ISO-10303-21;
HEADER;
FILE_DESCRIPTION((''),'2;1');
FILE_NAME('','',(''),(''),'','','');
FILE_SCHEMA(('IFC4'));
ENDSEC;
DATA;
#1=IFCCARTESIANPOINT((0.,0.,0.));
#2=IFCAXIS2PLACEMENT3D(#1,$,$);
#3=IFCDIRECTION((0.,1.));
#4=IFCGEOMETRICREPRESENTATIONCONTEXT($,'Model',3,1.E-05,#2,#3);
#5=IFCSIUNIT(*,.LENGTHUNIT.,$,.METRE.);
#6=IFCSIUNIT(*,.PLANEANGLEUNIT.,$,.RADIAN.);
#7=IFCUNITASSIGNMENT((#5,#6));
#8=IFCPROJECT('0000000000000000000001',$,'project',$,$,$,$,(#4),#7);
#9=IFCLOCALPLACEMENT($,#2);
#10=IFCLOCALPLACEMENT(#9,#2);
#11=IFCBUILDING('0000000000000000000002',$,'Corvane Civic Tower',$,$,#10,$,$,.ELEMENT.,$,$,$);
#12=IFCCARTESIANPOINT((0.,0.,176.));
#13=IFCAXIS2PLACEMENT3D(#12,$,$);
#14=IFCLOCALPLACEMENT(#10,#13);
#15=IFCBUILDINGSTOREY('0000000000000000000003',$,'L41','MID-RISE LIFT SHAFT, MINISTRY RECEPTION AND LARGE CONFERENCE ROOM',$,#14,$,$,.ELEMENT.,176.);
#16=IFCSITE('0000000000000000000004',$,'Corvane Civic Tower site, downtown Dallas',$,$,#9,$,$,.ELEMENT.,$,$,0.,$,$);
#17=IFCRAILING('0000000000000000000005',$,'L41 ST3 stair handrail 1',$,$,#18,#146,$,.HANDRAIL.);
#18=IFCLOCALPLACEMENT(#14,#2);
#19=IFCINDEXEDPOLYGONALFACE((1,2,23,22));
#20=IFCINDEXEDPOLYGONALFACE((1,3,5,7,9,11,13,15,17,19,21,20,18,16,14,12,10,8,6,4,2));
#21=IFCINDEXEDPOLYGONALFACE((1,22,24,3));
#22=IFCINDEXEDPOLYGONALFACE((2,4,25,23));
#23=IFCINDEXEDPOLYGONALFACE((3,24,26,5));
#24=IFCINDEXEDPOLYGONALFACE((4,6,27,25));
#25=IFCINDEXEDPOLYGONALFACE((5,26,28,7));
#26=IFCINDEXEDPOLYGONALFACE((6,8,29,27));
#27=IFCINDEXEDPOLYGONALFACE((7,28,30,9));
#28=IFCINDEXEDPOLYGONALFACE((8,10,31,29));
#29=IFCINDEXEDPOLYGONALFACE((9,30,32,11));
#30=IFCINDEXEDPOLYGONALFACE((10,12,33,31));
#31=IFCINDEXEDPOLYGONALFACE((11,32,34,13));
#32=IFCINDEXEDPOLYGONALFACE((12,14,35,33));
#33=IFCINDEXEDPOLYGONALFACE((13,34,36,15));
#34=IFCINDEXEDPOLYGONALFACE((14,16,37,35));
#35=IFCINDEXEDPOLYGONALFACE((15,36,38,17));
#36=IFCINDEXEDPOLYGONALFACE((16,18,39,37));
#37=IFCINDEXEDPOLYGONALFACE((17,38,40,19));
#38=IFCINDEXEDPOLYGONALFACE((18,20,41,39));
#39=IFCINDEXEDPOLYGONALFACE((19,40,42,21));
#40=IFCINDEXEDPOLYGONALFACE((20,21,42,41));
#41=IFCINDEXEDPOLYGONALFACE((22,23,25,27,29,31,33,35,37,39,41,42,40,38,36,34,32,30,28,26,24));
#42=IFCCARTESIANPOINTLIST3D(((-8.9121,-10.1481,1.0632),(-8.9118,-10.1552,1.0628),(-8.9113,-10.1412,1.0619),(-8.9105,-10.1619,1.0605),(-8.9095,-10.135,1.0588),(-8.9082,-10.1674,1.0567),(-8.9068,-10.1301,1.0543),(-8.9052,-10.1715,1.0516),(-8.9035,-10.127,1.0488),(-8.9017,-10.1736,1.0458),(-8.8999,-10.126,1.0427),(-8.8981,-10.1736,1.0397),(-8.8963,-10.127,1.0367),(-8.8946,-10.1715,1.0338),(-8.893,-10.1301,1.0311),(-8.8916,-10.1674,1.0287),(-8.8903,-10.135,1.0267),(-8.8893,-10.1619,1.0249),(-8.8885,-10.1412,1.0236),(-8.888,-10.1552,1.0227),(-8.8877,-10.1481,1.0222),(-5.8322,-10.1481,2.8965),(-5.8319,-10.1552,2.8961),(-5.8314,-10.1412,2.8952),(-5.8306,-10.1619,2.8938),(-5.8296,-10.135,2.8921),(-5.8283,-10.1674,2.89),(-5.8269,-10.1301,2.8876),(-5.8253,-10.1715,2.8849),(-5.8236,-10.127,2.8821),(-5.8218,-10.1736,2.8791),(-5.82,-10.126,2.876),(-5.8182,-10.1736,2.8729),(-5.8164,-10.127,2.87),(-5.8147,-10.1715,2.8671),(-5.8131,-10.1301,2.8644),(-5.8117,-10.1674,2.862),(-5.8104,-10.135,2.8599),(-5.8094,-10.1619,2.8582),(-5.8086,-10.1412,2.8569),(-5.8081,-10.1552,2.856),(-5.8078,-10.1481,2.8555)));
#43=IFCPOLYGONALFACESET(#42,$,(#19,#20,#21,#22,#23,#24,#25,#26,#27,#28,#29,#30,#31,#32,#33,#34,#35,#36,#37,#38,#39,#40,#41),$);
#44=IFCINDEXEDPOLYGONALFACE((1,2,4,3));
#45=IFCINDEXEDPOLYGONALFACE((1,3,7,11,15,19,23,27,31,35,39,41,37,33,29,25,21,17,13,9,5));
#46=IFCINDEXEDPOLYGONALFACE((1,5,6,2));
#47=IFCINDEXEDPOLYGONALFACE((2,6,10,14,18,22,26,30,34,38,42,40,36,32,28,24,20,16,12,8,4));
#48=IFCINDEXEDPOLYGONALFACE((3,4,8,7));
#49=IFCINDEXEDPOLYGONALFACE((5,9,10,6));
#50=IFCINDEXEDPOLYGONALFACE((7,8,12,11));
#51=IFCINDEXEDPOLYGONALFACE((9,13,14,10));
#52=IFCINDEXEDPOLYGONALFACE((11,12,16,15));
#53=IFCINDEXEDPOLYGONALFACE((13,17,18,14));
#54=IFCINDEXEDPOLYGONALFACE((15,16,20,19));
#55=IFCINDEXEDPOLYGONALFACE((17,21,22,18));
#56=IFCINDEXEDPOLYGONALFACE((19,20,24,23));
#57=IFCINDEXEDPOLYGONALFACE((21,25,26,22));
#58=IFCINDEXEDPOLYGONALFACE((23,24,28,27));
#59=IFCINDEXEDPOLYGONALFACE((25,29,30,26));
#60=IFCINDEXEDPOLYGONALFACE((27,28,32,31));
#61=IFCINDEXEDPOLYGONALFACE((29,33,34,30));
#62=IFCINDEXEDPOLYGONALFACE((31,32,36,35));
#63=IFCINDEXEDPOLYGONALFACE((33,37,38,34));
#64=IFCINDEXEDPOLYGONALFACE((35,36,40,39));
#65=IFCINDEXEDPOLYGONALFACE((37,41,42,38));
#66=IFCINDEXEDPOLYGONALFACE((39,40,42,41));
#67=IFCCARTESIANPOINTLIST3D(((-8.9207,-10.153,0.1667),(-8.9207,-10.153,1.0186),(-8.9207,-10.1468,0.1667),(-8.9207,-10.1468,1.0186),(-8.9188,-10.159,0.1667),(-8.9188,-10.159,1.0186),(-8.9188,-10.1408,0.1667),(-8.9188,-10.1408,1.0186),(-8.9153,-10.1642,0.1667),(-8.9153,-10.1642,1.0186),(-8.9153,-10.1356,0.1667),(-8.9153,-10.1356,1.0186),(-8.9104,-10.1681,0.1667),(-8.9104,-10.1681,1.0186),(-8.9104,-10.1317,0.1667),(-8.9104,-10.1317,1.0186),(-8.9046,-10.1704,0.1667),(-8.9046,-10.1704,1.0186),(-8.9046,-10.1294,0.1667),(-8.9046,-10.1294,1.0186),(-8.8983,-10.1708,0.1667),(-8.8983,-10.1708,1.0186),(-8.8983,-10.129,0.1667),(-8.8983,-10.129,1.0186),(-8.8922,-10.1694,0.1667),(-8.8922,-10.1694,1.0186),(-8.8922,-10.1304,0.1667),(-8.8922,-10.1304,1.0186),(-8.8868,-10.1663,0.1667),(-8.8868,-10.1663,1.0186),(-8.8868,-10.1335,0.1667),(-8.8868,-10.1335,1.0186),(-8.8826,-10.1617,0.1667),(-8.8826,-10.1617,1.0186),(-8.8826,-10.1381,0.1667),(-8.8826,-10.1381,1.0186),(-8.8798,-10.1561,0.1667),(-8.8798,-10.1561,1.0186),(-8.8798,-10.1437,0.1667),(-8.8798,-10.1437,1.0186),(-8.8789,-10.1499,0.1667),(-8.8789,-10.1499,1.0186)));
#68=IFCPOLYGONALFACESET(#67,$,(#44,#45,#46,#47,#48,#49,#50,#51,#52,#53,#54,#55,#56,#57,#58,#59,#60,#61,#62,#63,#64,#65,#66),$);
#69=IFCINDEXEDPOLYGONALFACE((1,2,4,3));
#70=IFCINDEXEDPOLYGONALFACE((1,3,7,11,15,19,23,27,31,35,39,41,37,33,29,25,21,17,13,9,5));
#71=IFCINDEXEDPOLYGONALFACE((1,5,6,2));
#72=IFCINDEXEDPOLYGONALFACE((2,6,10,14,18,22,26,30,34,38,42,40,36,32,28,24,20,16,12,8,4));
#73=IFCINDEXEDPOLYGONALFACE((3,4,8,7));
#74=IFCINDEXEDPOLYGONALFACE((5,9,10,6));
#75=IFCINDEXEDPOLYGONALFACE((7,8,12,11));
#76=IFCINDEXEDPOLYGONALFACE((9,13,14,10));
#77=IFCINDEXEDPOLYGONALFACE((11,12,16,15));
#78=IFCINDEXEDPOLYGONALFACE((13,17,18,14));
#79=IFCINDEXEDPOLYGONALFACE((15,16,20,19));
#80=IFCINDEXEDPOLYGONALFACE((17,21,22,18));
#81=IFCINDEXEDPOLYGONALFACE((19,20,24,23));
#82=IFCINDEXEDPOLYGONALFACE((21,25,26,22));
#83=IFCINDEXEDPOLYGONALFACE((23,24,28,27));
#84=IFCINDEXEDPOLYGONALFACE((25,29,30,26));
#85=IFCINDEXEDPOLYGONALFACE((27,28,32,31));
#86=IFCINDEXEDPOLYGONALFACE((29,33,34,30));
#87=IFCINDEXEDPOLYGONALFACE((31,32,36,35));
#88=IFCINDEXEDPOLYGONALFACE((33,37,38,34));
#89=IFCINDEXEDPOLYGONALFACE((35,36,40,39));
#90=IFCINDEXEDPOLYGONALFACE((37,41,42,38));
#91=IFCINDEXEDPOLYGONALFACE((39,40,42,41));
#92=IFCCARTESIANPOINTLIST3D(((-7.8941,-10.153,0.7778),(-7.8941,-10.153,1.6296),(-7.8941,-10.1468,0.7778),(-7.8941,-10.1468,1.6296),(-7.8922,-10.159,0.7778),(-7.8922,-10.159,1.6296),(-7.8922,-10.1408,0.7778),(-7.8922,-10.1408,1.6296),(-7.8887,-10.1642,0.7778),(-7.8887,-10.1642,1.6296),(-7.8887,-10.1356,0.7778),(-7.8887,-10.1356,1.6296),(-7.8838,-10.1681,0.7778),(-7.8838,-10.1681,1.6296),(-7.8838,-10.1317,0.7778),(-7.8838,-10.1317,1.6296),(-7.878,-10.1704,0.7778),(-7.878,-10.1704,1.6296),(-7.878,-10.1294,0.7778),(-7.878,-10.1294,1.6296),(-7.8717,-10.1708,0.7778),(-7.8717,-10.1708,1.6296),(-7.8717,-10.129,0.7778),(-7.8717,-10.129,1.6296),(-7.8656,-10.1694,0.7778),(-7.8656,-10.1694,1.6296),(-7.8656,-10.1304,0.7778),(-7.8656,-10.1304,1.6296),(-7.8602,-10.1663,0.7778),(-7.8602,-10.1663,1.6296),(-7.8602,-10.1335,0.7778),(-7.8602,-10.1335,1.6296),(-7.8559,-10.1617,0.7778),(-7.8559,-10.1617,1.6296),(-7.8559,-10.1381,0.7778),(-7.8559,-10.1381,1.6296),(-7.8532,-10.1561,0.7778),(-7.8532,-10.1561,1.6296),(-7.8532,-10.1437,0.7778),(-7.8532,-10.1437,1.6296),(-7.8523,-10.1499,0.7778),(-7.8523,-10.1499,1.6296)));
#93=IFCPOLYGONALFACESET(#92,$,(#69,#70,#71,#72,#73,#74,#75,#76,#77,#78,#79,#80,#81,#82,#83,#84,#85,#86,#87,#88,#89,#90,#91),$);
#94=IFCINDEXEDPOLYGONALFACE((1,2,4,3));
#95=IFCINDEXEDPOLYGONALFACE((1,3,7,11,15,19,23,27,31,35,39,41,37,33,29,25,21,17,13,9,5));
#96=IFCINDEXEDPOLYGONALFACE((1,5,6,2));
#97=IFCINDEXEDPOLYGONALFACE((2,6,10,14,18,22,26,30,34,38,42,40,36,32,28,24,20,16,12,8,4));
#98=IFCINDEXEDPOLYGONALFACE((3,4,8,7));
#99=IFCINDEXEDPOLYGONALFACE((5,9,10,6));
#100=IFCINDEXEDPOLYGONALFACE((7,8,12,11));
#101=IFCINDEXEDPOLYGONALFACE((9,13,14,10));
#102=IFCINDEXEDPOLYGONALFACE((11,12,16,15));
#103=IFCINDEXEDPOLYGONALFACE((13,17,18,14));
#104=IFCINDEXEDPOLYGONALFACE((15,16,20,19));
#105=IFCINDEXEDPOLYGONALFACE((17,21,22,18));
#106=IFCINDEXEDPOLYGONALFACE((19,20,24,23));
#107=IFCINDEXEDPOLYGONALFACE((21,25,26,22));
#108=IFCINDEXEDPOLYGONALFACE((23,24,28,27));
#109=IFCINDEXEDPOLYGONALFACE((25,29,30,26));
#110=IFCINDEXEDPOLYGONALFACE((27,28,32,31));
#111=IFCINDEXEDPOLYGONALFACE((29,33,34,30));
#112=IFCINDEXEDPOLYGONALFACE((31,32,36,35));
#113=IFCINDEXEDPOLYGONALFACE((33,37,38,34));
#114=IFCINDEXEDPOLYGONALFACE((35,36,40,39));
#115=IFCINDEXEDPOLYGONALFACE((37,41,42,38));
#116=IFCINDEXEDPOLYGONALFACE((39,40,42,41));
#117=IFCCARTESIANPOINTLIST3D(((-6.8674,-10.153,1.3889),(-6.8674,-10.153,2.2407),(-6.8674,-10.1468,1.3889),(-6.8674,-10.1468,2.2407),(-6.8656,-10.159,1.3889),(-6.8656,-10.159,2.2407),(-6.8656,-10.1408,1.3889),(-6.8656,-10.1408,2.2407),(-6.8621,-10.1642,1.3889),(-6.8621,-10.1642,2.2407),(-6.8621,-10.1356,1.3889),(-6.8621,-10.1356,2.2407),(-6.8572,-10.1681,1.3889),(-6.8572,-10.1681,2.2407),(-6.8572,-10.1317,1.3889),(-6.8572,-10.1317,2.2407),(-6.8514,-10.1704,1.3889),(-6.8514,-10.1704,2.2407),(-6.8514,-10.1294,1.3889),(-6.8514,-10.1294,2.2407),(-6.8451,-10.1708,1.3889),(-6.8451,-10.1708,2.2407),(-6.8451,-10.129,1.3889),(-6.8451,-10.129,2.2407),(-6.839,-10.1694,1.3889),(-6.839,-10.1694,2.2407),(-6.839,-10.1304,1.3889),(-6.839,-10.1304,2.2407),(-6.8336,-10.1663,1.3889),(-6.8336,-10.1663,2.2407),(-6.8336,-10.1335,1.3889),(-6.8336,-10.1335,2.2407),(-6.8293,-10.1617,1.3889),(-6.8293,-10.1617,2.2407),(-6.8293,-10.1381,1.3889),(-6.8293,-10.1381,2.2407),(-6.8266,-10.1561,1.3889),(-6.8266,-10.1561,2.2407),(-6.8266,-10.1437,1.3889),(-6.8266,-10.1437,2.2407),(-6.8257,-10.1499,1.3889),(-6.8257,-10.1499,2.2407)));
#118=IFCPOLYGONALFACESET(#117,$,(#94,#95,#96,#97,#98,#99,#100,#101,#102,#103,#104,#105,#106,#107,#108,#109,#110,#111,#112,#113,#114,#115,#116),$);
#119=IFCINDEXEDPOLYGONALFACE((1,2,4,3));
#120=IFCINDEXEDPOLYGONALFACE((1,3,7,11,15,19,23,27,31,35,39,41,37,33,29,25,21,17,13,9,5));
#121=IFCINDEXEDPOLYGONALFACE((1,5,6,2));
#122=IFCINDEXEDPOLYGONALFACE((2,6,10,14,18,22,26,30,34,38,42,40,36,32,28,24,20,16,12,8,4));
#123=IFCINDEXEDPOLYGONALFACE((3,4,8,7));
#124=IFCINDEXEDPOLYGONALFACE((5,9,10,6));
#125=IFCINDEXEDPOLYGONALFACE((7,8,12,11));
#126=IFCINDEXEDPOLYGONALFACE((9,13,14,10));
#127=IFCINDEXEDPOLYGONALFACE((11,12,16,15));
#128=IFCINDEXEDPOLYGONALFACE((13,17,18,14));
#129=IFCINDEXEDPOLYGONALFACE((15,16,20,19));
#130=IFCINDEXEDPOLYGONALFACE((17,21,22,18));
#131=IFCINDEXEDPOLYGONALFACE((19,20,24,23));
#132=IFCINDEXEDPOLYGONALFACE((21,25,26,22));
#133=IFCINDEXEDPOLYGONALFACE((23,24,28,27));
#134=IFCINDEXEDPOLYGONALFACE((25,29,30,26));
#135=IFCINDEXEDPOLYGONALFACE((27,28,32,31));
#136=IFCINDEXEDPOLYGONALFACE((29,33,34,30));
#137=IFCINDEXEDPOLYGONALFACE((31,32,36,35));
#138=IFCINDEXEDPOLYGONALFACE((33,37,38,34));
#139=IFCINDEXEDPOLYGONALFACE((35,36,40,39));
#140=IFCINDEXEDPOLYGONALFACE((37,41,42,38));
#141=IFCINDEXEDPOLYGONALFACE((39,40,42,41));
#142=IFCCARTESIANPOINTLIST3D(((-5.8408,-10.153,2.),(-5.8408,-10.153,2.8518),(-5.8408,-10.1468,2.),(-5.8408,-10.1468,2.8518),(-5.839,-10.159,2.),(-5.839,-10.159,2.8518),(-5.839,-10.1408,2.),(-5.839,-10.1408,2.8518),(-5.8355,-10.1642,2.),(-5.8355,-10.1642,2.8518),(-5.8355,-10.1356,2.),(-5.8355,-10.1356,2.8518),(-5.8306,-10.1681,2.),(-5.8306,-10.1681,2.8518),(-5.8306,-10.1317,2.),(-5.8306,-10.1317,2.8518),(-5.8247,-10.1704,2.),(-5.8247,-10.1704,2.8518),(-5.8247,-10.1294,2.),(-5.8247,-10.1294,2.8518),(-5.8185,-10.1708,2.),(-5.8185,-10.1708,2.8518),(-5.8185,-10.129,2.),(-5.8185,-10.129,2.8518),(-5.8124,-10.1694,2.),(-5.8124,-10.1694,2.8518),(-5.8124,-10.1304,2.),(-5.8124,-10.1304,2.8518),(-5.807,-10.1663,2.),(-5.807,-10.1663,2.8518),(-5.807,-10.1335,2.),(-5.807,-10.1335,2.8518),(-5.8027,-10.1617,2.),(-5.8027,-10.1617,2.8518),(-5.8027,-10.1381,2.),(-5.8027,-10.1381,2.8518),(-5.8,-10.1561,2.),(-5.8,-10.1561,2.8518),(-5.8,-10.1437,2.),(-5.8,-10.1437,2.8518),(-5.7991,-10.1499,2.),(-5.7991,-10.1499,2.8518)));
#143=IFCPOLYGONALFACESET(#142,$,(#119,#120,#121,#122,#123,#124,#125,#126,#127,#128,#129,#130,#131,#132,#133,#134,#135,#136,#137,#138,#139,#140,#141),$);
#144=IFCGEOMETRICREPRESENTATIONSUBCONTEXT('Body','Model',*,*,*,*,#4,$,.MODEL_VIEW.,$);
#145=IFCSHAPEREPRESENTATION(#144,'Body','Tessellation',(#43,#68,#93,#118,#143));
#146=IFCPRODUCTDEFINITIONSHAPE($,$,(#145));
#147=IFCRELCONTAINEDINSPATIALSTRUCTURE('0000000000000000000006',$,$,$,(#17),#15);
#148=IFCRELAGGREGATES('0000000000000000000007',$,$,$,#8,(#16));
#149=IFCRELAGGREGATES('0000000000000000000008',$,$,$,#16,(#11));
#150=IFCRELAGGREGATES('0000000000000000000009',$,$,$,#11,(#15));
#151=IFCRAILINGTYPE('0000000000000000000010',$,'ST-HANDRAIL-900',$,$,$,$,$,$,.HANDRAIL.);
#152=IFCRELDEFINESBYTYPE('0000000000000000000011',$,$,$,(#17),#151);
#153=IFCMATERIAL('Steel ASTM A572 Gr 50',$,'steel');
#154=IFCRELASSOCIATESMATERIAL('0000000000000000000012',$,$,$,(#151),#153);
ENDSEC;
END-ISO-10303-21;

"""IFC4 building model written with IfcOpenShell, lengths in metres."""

from ifc_helpers import new_model, si_unit, direction, frame, origin, origin_2d, place, context, subcontext, project, spatial, circle, extrude, material, type_object, element, save


model = new_model("IFC4")

# Units and contexts
model_context = context("Model", 3, precision=1e-05, world=origin(), true_north=direction((0.0, 1.0)))
body_context = subcontext(model_context, "Body", "Model", "MODEL_VIEW")
ifc_project = project(units=[si_unit("LENGTHUNIT", "METRE"), si_unit("PLANEANGLEUNIT", "RADIAN")], contexts=[model_context])

# Site, building, storey
site_placement = place(None, origin())
site = spatial("IfcSite", under=ifc_project, at=site_placement, Name="Corvane Civic Tower site, downtown Dallas", CompositionType="ELEMENT", RefElevation=0.0)
building_placement = place(site_placement, origin())
building = spatial("IfcBuilding", under=site, at=building_placement, Name="Corvane Civic Tower", CompositionType="ELEMENT")
storey_placement = place(building_placement, frame((0.0, 0.0, 176.0)))
storey = spatial("IfcBuildingStorey", under=building, at=storey_placement, Name="L41", Description="MID-RISE LIFT SHAFT, MINISTRY RECEPTION AND LARGE CONFERENCE ROOM", CompositionType="ELEMENT", Elevation=176.0)

# Railing
ifc_material_1 = material(Name="Steel ASTM A572 Gr 50", Category="steel")
railing_type_1 = type_object("IfcRailingType", Name="ST-HANDRAIL-900", PredefinedType="HANDRAIL", material=ifc_material_1)
railing_1_placement = place(storey_placement, frame((-8.8999, -10.1499, 0.1667)))
element("IfcRailing", 1, at=railing_1_placement, inside=storey, type_object=railing_type_1, Name="L41 ST3 stair handrail 1", PredefinedType="HANDRAIL", context=body_context, shape_type="SweptSolid", body=[
    extrude(circle(Radius=0.0239, at=origin_2d()), frame((0.0, 0.0, 0.876), z_axis=(0.859291, 0.0, 0.511487), x_axis=(0.0, 1.0, 0.0)), (0.0, 0.0, 1.0), 3.5842),
    extrude(circle(Radius=0.021, at=origin_2d()), origin(), (0.0, 0.0, 1.0), 0.8518),
    extrude(circle(Radius=0.021, at=origin_2d()), frame((1.0266, 0.0, 0.6111)), (0.0, 0.0, 1.0), 0.8518),
    extrude(circle(Radius=0.021, at=origin_2d()), frame((2.0532, 0.0, 1.2222)), (0.0, 0.0, 1.0), 0.8518),
    extrude(circle(Radius=0.021, at=origin_2d()), frame((3.0798, 0.0, 1.8333)), (0.0, 0.0, 1.0), 0.8518),
])

save(model, "model.ifc")
